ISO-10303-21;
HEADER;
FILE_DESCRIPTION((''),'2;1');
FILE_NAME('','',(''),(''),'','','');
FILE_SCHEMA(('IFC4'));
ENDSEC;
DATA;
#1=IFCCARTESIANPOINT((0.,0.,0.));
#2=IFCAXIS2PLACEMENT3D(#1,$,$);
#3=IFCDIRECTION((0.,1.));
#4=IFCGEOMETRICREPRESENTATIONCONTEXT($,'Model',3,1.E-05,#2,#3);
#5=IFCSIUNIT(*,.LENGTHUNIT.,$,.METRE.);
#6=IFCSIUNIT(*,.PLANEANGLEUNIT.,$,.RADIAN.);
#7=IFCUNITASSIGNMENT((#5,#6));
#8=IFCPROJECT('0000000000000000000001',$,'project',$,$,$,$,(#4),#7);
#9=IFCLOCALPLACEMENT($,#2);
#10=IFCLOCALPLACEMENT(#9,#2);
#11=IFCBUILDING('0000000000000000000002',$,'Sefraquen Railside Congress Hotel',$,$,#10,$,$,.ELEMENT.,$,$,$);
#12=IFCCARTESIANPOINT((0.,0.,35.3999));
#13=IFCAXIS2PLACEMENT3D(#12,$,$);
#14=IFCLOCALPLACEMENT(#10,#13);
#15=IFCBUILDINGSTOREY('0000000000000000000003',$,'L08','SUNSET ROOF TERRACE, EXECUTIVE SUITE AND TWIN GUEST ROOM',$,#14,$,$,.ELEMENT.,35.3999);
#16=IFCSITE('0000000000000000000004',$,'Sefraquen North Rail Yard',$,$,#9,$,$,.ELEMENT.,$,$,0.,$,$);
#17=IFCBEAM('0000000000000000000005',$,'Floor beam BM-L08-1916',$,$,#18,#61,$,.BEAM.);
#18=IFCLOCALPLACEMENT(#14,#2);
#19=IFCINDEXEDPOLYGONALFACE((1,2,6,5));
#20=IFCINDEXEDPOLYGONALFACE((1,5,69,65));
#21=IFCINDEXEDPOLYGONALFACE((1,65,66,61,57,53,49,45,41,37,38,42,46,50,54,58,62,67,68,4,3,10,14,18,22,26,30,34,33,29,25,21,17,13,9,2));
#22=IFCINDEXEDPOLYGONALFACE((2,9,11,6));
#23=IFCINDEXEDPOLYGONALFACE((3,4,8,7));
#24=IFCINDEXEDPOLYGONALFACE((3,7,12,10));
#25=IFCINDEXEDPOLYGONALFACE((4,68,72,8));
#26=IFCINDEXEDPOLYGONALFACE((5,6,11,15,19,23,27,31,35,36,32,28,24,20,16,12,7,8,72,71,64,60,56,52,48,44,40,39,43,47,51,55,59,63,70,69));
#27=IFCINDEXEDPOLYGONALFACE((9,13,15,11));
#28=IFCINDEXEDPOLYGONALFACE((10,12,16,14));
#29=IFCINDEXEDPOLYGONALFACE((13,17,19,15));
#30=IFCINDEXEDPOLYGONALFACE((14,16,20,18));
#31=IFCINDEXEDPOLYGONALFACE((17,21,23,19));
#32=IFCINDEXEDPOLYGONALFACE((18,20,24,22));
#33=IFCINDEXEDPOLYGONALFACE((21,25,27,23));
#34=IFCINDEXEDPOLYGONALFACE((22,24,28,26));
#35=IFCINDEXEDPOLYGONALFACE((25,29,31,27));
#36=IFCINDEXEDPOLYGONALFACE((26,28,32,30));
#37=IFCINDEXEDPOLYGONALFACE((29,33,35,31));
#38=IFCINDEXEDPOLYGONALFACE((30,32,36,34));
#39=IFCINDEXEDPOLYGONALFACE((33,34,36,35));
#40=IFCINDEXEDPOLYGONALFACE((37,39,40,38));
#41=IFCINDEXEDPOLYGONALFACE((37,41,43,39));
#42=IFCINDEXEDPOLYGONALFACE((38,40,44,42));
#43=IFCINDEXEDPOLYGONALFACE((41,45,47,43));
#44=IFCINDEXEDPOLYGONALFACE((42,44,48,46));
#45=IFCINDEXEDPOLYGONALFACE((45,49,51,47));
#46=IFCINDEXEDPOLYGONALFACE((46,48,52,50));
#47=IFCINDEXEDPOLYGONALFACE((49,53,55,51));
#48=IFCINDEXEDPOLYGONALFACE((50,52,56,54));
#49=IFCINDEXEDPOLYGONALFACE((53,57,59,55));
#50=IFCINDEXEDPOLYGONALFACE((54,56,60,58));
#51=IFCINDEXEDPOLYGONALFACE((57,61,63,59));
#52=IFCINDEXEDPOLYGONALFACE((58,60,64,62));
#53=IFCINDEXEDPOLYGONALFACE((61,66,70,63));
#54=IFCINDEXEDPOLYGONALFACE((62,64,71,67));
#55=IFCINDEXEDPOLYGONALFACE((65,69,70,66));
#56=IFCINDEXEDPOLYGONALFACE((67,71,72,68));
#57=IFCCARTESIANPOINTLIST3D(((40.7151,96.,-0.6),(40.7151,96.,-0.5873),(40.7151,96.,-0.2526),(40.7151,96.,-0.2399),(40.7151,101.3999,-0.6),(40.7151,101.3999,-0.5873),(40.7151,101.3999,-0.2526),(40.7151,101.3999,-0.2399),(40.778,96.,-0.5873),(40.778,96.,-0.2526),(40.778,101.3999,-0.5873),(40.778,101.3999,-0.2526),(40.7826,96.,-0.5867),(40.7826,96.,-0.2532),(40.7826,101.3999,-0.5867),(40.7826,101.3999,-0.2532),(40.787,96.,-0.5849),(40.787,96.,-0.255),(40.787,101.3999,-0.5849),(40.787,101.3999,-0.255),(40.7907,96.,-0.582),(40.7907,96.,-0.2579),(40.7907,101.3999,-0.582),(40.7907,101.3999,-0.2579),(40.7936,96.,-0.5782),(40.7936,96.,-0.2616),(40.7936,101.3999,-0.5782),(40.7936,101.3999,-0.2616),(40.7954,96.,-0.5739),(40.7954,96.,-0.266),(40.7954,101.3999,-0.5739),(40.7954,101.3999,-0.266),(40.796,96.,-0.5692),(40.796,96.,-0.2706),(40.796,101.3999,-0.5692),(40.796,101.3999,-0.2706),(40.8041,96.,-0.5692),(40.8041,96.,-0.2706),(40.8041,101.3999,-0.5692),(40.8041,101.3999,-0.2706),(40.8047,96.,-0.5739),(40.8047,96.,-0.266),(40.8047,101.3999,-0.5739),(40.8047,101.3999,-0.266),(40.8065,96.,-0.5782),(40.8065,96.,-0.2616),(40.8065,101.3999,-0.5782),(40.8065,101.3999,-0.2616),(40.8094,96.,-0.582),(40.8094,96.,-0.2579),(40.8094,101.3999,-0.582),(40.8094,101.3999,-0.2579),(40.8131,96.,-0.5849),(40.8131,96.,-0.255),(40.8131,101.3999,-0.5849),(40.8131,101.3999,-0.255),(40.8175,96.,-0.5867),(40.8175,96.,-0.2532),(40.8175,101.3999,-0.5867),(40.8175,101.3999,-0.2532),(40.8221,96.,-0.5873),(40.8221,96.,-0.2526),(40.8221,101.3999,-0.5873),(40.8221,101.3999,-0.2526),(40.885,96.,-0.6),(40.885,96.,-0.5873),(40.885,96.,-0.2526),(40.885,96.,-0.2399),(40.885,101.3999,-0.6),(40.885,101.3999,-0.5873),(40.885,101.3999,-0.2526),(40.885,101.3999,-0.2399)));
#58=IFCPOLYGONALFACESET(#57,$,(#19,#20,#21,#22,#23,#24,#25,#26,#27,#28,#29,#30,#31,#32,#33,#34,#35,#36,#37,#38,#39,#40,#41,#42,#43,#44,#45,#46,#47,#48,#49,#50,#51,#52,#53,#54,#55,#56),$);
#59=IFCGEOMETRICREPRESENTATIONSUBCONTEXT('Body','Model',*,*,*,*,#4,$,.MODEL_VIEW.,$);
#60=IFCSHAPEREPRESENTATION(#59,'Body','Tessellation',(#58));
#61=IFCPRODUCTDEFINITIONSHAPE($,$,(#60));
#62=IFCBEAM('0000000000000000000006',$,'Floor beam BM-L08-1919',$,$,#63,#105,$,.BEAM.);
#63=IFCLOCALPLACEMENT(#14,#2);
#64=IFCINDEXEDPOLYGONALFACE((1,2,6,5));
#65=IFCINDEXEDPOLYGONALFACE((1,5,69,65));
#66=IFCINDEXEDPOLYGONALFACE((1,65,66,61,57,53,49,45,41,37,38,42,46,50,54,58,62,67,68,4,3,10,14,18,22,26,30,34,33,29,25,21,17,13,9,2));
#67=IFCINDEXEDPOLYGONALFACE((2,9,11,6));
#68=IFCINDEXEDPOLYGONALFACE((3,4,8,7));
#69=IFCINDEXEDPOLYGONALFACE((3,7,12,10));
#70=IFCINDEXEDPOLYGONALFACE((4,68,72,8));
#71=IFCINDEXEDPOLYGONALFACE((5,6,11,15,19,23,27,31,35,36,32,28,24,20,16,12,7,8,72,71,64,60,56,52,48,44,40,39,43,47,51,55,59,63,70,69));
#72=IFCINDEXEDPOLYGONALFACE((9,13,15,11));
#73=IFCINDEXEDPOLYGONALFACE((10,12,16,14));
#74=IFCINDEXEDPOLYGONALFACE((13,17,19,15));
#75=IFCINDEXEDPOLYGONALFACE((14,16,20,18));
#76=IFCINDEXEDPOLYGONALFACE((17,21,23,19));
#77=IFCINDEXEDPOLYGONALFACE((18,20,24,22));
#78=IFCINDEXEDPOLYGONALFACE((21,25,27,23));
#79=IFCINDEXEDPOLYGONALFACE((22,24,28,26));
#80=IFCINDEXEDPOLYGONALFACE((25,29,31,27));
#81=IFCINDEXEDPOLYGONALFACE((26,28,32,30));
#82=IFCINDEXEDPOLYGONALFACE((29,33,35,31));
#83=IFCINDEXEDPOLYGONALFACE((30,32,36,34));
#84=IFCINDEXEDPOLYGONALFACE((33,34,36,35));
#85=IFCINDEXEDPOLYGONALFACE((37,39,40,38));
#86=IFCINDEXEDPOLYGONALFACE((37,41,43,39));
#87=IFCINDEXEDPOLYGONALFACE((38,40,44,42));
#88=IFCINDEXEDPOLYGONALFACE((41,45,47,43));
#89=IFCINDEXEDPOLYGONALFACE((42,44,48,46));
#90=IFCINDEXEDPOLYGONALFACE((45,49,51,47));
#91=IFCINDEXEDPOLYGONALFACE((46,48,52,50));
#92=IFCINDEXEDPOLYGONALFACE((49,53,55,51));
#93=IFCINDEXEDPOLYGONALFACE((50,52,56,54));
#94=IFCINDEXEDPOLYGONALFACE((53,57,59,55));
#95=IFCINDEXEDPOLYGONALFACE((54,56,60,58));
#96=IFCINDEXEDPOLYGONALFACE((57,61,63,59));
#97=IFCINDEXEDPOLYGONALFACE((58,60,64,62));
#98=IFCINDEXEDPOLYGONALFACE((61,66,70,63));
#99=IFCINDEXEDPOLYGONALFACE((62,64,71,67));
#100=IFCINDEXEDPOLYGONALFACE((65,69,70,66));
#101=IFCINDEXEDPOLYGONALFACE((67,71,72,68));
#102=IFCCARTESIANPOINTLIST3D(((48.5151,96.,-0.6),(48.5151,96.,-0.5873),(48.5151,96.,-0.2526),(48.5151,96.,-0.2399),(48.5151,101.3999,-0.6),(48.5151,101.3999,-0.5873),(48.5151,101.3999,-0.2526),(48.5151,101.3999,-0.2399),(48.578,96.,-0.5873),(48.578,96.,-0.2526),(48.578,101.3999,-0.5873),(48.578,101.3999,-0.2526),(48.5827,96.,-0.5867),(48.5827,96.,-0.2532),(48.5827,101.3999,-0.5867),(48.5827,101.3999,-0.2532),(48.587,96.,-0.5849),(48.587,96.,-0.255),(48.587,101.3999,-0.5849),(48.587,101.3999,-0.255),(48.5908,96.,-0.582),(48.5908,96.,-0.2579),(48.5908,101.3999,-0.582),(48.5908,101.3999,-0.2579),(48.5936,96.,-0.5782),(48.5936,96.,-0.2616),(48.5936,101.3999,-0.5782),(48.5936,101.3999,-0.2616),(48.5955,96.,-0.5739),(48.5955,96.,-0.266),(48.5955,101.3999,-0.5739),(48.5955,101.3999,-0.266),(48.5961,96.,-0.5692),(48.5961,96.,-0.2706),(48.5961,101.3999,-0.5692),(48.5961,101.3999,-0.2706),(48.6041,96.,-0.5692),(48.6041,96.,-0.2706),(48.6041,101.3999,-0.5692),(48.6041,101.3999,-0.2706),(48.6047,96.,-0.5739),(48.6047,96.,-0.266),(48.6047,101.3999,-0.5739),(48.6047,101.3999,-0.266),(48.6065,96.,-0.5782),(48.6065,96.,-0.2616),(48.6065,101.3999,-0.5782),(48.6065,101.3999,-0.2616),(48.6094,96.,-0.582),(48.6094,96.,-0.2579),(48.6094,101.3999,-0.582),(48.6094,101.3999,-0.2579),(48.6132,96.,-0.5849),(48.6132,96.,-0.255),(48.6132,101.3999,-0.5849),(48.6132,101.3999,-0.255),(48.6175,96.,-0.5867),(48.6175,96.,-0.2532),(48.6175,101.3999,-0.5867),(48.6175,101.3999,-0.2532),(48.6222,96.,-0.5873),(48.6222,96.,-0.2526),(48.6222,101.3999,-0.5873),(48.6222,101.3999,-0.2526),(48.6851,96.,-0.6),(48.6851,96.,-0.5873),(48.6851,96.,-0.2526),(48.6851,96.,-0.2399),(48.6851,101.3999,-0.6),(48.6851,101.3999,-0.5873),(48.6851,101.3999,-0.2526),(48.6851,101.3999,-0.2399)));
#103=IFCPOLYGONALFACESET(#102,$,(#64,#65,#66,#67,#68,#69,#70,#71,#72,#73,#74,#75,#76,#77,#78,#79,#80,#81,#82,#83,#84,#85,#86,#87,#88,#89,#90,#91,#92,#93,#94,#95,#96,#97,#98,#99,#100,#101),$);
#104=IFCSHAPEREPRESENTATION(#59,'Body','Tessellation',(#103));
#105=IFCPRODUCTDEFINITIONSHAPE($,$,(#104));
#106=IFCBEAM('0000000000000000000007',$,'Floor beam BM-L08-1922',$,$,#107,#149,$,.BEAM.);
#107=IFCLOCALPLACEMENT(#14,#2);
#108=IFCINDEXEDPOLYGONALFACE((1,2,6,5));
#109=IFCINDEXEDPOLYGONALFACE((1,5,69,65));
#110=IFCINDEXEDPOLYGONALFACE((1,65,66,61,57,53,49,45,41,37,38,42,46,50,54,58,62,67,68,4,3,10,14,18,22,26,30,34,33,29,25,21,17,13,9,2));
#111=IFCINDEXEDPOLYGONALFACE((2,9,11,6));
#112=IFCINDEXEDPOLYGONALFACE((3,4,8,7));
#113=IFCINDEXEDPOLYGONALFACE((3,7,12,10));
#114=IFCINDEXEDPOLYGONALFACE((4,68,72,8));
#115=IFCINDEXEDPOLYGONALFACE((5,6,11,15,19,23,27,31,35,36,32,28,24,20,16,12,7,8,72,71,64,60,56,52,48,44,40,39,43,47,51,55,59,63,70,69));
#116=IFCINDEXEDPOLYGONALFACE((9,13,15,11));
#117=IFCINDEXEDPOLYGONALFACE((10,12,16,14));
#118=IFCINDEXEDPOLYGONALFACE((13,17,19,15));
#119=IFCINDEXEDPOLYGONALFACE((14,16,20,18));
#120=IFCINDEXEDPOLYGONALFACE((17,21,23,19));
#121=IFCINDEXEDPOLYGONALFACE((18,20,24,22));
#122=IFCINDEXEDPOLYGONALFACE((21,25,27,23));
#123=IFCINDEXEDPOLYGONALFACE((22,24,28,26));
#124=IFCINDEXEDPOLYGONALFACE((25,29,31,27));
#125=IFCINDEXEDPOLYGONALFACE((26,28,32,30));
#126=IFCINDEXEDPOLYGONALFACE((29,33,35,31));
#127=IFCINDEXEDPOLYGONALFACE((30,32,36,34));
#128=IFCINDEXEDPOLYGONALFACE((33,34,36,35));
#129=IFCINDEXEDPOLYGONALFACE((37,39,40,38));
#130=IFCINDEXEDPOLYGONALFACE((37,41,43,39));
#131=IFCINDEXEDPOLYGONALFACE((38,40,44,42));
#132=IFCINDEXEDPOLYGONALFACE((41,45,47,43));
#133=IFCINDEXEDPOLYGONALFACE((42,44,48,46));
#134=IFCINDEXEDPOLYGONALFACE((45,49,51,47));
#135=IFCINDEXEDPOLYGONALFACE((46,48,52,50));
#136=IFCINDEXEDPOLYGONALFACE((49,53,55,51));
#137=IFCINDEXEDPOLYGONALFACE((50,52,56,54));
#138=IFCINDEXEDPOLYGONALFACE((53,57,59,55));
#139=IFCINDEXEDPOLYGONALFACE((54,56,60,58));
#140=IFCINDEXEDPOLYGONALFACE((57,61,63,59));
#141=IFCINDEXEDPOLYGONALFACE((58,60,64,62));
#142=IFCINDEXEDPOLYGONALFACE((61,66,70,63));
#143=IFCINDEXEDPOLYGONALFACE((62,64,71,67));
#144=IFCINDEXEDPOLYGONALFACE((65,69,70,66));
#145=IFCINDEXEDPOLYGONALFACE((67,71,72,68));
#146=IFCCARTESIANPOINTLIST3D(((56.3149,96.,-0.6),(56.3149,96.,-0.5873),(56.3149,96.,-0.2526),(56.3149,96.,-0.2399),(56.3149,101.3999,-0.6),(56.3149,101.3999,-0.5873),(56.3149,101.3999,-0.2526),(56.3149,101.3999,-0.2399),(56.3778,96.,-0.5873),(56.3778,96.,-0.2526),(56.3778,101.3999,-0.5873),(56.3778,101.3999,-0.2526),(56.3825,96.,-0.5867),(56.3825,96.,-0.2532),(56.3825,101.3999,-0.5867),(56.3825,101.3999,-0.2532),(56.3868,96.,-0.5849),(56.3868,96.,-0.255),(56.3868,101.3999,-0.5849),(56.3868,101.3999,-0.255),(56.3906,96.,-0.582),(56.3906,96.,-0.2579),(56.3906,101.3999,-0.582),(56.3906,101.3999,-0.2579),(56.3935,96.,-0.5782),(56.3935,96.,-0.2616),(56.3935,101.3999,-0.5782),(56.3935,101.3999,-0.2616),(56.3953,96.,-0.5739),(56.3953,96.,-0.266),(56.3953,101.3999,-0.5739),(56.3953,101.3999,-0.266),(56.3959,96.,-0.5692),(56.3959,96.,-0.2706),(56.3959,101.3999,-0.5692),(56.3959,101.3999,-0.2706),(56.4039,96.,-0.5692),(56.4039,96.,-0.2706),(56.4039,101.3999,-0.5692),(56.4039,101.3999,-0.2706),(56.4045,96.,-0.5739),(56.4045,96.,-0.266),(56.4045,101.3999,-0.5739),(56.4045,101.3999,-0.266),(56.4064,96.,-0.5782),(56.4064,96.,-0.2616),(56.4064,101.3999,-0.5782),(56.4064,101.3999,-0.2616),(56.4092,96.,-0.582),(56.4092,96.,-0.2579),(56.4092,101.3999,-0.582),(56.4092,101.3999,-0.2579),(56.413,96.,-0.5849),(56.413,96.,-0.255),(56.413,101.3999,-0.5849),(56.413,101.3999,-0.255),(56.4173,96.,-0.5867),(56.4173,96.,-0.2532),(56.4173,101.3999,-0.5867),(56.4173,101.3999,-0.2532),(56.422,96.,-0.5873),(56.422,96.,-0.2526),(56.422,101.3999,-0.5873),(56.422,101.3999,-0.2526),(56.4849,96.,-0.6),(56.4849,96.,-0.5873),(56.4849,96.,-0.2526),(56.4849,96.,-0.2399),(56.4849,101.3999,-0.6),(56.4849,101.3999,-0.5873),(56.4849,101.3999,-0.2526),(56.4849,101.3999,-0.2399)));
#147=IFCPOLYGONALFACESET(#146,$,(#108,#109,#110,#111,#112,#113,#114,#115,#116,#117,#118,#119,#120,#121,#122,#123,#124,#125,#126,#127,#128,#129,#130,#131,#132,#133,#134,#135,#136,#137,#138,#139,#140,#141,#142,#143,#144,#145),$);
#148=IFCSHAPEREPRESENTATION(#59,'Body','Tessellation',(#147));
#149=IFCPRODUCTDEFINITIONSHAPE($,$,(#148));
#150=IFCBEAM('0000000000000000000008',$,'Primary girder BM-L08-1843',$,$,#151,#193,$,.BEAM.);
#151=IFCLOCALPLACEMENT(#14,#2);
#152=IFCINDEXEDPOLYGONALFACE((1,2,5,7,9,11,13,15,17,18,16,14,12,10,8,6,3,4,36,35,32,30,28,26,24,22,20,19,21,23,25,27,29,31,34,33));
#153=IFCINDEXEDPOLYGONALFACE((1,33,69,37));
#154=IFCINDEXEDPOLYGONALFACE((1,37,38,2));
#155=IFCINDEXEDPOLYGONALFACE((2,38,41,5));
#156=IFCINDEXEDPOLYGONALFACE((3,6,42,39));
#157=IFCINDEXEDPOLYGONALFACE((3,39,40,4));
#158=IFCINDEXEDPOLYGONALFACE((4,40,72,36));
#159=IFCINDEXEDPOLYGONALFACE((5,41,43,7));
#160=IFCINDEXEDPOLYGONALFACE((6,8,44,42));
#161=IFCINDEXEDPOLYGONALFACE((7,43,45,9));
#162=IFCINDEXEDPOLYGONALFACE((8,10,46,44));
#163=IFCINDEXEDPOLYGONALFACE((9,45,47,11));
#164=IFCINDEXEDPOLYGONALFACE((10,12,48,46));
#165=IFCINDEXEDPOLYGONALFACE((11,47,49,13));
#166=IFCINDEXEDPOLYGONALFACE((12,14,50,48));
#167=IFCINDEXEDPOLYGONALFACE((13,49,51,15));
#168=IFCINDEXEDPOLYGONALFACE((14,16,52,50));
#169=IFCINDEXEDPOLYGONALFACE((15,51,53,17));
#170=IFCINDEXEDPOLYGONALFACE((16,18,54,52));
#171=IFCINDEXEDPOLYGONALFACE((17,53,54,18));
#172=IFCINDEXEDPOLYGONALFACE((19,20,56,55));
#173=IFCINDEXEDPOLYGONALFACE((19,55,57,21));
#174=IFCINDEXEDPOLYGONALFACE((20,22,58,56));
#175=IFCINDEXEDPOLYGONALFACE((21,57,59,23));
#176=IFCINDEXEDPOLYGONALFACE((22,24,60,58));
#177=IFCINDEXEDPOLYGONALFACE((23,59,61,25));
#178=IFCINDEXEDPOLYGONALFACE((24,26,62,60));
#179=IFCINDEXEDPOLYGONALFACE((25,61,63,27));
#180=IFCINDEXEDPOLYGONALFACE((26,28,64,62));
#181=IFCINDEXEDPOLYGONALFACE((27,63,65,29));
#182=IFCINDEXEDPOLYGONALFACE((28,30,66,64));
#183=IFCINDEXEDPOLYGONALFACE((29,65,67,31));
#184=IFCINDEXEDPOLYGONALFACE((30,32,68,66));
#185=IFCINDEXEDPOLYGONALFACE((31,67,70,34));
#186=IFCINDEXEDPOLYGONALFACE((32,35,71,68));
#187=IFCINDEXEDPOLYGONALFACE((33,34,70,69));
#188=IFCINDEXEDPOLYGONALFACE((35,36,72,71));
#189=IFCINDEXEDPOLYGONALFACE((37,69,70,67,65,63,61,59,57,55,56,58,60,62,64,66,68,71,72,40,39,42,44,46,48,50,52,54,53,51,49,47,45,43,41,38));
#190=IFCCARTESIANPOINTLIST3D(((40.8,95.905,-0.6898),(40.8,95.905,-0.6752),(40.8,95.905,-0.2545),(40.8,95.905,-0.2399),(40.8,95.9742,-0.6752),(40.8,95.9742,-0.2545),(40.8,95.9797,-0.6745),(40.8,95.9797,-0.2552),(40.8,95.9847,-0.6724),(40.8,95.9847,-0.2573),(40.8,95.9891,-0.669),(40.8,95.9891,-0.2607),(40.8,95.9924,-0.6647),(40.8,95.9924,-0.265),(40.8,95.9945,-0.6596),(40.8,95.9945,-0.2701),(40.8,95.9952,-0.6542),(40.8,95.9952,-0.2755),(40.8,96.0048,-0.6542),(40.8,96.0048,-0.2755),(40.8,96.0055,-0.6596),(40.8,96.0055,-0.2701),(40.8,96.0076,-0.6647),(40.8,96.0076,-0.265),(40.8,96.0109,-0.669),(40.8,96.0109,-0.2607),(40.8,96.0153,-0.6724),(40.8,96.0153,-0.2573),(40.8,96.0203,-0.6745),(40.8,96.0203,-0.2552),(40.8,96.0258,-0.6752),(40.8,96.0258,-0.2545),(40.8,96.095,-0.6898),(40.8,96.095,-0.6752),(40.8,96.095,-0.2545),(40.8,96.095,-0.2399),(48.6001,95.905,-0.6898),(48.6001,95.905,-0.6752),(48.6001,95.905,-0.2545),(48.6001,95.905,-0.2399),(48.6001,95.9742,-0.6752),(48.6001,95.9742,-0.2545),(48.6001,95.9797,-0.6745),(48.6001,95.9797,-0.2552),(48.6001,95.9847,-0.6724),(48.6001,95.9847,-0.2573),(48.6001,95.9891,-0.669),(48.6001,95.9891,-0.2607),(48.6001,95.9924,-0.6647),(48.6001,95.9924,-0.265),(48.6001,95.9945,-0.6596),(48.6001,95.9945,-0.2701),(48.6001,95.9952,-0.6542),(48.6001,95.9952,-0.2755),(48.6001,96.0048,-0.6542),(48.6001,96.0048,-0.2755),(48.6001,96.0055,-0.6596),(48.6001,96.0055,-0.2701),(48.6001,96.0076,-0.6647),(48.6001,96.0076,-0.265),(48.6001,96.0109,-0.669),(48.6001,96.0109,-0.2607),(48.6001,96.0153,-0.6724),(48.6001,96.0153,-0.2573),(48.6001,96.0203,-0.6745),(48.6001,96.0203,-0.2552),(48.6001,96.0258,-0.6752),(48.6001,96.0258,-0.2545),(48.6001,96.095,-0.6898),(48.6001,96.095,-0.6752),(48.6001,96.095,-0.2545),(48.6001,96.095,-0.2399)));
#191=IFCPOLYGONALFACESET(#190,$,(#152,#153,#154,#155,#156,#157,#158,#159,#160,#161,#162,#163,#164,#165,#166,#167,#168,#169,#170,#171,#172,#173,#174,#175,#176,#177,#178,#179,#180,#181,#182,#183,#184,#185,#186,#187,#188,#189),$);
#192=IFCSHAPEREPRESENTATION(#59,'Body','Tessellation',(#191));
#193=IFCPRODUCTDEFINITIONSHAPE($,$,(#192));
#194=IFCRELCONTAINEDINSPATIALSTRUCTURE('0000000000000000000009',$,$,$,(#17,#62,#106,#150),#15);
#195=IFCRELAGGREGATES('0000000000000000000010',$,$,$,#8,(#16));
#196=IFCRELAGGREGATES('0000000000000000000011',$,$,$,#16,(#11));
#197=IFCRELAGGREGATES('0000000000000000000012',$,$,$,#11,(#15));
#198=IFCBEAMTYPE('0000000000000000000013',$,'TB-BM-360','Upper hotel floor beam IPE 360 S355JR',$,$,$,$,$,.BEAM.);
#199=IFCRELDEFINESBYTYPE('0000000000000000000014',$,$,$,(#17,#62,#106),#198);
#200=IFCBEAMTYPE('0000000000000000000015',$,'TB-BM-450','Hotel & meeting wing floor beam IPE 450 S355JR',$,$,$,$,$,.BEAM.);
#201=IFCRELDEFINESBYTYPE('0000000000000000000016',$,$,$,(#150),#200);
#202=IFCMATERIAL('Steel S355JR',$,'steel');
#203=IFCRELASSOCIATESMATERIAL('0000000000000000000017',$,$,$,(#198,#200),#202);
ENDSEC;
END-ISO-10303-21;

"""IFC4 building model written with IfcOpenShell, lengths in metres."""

from ifc_helpers import new_model, si_unit, direction, frame, origin, origin_2d, place, context, subcontext, project, spatial, i_section, extrude, material, material_profile, profile_set, type_object, element, save


model = new_model("IFC4")

# Units and contexts
model_context = context("Model", 3, precision=1e-05, world=origin(), true_north=direction((0.0, 1.0)))
body_context = subcontext(model_context, "Body", "Model", "MODEL_VIEW")
ifc_project = project(units=[si_unit("LENGTHUNIT", "METRE"), si_unit("PLANEANGLEUNIT", "RADIAN")], contexts=[model_context])

# Site, building, storey
site_placement = place(None, origin())
site = spatial("IfcSite", under=ifc_project, at=site_placement, Name="Sefraquen North Rail Yard", CompositionType="ELEMENT", RefElevation=0.0)
building_placement = place(site_placement, origin())
building = spatial("IfcBuilding", under=site, at=building_placement, Name="Sefraquen Railside Congress Hotel", CompositionType="ELEMENT")
storey_placement = place(building_placement, frame((0.0, 0.0, 35.3999)))
storey = spatial("IfcBuildingStorey", under=building, at=storey_placement, Name="L08", Description="SUNSET ROOF TERRACE, EXECUTIVE SUITE AND TWIN GUEST ROOM", CompositionType="ELEMENT", Elevation=35.3999)

# Shared definitions
ifc_material_1 = material(Name="Steel S355JR", Category="steel")

# Beams
ifc_material_profile_1 = material_profile(ifc_material_1, i_section(OverallWidth=0.1699, OverallDepth=0.3601, WebThickness=0.0081, FlangeThickness=0.0127, FilletRadius=0.0181, at=origin_2d()), Name="IPE 360")
ifc_profile_set_1 = profile_set([ifc_material_profile_1], Name="Steel S355JR")
beam_type_1 = type_object("IfcBeamType", Name="TB-BM-360", Description="Upper hotel floor beam IPE 360 S355JR", PredefinedType="BEAM", material=ifc_profile_set_1)
for number, where, z_axis, x_axis, name in (
    (1, (40.8, 96.0, -0.4199), (0.0, 1.0, 0.0), (-1.0, 0.0, 0.0), "Floor beam BM-L08-1916"),
    (2, (48.6001, 96.0, -0.4199), (0.0, 1.0, 0.0), (-1.0, 0.0, 0.0), "Floor beam BM-L08-1919"),
    (3, (56.3999, 96.0, -0.4199), (0.0, 1.0, 0.0), (-1.0, 0.0, 0.0), "Floor beam BM-L08-1922"),
):
    element("IfcBeam", number, at=place(storey_placement, frame(where, z_axis=z_axis, x_axis=x_axis)), inside=storey, type_object=beam_type_1, Name=name, PredefinedType="BEAM", context=body_context, shape_type="SweptSolid", body=[
        extrude(i_section(OverallWidth=0.1699, OverallDepth=0.3601, WebThickness=0.0081, FlangeThickness=0.0127, FilletRadius=0.0181, at=origin_2d()), origin(), (0.0, 0.0, 1.0), 5.3999),
    ])
ifc_material_profile_2 = material_profile(ifc_material_1, i_section(OverallWidth=0.1899, OverallDepth=0.45, WebThickness=0.0095, FlangeThickness=0.0146, FilletRadius=0.021, at=origin_2d()), Name="IPE 450")
ifc_profile_set_2 = profile_set([ifc_material_profile_2], Name="Steel S355JR")
beam_type_2 = type_object("IfcBeamType", Name="TB-BM-450", Description="Hotel & meeting wing floor beam IPE 450 S355JR", PredefinedType="BEAM", material=ifc_profile_set_2)
beam_1_placement = place(storey_placement, frame((40.8, 96.0, -0.4648), z_axis=(1.0, 0.0, 0.0), x_axis=(0.0, 1.0, 0.0)))
element("IfcBeam", 4, at=beam_1_placement, inside=storey, type_object=beam_type_2, Name="Primary girder BM-L08-1843", PredefinedType="BEAM", context=body_context, shape_type="SweptSolid", body=[
    extrude(i_section(OverallWidth=0.1899, OverallDepth=0.45, WebThickness=0.0095, FlangeThickness=0.0146, FilletRadius=0.021, at=origin_2d()), origin(), (0.0, 0.0, 1.0), 7.8),
])

save(model, "model.ifc")
